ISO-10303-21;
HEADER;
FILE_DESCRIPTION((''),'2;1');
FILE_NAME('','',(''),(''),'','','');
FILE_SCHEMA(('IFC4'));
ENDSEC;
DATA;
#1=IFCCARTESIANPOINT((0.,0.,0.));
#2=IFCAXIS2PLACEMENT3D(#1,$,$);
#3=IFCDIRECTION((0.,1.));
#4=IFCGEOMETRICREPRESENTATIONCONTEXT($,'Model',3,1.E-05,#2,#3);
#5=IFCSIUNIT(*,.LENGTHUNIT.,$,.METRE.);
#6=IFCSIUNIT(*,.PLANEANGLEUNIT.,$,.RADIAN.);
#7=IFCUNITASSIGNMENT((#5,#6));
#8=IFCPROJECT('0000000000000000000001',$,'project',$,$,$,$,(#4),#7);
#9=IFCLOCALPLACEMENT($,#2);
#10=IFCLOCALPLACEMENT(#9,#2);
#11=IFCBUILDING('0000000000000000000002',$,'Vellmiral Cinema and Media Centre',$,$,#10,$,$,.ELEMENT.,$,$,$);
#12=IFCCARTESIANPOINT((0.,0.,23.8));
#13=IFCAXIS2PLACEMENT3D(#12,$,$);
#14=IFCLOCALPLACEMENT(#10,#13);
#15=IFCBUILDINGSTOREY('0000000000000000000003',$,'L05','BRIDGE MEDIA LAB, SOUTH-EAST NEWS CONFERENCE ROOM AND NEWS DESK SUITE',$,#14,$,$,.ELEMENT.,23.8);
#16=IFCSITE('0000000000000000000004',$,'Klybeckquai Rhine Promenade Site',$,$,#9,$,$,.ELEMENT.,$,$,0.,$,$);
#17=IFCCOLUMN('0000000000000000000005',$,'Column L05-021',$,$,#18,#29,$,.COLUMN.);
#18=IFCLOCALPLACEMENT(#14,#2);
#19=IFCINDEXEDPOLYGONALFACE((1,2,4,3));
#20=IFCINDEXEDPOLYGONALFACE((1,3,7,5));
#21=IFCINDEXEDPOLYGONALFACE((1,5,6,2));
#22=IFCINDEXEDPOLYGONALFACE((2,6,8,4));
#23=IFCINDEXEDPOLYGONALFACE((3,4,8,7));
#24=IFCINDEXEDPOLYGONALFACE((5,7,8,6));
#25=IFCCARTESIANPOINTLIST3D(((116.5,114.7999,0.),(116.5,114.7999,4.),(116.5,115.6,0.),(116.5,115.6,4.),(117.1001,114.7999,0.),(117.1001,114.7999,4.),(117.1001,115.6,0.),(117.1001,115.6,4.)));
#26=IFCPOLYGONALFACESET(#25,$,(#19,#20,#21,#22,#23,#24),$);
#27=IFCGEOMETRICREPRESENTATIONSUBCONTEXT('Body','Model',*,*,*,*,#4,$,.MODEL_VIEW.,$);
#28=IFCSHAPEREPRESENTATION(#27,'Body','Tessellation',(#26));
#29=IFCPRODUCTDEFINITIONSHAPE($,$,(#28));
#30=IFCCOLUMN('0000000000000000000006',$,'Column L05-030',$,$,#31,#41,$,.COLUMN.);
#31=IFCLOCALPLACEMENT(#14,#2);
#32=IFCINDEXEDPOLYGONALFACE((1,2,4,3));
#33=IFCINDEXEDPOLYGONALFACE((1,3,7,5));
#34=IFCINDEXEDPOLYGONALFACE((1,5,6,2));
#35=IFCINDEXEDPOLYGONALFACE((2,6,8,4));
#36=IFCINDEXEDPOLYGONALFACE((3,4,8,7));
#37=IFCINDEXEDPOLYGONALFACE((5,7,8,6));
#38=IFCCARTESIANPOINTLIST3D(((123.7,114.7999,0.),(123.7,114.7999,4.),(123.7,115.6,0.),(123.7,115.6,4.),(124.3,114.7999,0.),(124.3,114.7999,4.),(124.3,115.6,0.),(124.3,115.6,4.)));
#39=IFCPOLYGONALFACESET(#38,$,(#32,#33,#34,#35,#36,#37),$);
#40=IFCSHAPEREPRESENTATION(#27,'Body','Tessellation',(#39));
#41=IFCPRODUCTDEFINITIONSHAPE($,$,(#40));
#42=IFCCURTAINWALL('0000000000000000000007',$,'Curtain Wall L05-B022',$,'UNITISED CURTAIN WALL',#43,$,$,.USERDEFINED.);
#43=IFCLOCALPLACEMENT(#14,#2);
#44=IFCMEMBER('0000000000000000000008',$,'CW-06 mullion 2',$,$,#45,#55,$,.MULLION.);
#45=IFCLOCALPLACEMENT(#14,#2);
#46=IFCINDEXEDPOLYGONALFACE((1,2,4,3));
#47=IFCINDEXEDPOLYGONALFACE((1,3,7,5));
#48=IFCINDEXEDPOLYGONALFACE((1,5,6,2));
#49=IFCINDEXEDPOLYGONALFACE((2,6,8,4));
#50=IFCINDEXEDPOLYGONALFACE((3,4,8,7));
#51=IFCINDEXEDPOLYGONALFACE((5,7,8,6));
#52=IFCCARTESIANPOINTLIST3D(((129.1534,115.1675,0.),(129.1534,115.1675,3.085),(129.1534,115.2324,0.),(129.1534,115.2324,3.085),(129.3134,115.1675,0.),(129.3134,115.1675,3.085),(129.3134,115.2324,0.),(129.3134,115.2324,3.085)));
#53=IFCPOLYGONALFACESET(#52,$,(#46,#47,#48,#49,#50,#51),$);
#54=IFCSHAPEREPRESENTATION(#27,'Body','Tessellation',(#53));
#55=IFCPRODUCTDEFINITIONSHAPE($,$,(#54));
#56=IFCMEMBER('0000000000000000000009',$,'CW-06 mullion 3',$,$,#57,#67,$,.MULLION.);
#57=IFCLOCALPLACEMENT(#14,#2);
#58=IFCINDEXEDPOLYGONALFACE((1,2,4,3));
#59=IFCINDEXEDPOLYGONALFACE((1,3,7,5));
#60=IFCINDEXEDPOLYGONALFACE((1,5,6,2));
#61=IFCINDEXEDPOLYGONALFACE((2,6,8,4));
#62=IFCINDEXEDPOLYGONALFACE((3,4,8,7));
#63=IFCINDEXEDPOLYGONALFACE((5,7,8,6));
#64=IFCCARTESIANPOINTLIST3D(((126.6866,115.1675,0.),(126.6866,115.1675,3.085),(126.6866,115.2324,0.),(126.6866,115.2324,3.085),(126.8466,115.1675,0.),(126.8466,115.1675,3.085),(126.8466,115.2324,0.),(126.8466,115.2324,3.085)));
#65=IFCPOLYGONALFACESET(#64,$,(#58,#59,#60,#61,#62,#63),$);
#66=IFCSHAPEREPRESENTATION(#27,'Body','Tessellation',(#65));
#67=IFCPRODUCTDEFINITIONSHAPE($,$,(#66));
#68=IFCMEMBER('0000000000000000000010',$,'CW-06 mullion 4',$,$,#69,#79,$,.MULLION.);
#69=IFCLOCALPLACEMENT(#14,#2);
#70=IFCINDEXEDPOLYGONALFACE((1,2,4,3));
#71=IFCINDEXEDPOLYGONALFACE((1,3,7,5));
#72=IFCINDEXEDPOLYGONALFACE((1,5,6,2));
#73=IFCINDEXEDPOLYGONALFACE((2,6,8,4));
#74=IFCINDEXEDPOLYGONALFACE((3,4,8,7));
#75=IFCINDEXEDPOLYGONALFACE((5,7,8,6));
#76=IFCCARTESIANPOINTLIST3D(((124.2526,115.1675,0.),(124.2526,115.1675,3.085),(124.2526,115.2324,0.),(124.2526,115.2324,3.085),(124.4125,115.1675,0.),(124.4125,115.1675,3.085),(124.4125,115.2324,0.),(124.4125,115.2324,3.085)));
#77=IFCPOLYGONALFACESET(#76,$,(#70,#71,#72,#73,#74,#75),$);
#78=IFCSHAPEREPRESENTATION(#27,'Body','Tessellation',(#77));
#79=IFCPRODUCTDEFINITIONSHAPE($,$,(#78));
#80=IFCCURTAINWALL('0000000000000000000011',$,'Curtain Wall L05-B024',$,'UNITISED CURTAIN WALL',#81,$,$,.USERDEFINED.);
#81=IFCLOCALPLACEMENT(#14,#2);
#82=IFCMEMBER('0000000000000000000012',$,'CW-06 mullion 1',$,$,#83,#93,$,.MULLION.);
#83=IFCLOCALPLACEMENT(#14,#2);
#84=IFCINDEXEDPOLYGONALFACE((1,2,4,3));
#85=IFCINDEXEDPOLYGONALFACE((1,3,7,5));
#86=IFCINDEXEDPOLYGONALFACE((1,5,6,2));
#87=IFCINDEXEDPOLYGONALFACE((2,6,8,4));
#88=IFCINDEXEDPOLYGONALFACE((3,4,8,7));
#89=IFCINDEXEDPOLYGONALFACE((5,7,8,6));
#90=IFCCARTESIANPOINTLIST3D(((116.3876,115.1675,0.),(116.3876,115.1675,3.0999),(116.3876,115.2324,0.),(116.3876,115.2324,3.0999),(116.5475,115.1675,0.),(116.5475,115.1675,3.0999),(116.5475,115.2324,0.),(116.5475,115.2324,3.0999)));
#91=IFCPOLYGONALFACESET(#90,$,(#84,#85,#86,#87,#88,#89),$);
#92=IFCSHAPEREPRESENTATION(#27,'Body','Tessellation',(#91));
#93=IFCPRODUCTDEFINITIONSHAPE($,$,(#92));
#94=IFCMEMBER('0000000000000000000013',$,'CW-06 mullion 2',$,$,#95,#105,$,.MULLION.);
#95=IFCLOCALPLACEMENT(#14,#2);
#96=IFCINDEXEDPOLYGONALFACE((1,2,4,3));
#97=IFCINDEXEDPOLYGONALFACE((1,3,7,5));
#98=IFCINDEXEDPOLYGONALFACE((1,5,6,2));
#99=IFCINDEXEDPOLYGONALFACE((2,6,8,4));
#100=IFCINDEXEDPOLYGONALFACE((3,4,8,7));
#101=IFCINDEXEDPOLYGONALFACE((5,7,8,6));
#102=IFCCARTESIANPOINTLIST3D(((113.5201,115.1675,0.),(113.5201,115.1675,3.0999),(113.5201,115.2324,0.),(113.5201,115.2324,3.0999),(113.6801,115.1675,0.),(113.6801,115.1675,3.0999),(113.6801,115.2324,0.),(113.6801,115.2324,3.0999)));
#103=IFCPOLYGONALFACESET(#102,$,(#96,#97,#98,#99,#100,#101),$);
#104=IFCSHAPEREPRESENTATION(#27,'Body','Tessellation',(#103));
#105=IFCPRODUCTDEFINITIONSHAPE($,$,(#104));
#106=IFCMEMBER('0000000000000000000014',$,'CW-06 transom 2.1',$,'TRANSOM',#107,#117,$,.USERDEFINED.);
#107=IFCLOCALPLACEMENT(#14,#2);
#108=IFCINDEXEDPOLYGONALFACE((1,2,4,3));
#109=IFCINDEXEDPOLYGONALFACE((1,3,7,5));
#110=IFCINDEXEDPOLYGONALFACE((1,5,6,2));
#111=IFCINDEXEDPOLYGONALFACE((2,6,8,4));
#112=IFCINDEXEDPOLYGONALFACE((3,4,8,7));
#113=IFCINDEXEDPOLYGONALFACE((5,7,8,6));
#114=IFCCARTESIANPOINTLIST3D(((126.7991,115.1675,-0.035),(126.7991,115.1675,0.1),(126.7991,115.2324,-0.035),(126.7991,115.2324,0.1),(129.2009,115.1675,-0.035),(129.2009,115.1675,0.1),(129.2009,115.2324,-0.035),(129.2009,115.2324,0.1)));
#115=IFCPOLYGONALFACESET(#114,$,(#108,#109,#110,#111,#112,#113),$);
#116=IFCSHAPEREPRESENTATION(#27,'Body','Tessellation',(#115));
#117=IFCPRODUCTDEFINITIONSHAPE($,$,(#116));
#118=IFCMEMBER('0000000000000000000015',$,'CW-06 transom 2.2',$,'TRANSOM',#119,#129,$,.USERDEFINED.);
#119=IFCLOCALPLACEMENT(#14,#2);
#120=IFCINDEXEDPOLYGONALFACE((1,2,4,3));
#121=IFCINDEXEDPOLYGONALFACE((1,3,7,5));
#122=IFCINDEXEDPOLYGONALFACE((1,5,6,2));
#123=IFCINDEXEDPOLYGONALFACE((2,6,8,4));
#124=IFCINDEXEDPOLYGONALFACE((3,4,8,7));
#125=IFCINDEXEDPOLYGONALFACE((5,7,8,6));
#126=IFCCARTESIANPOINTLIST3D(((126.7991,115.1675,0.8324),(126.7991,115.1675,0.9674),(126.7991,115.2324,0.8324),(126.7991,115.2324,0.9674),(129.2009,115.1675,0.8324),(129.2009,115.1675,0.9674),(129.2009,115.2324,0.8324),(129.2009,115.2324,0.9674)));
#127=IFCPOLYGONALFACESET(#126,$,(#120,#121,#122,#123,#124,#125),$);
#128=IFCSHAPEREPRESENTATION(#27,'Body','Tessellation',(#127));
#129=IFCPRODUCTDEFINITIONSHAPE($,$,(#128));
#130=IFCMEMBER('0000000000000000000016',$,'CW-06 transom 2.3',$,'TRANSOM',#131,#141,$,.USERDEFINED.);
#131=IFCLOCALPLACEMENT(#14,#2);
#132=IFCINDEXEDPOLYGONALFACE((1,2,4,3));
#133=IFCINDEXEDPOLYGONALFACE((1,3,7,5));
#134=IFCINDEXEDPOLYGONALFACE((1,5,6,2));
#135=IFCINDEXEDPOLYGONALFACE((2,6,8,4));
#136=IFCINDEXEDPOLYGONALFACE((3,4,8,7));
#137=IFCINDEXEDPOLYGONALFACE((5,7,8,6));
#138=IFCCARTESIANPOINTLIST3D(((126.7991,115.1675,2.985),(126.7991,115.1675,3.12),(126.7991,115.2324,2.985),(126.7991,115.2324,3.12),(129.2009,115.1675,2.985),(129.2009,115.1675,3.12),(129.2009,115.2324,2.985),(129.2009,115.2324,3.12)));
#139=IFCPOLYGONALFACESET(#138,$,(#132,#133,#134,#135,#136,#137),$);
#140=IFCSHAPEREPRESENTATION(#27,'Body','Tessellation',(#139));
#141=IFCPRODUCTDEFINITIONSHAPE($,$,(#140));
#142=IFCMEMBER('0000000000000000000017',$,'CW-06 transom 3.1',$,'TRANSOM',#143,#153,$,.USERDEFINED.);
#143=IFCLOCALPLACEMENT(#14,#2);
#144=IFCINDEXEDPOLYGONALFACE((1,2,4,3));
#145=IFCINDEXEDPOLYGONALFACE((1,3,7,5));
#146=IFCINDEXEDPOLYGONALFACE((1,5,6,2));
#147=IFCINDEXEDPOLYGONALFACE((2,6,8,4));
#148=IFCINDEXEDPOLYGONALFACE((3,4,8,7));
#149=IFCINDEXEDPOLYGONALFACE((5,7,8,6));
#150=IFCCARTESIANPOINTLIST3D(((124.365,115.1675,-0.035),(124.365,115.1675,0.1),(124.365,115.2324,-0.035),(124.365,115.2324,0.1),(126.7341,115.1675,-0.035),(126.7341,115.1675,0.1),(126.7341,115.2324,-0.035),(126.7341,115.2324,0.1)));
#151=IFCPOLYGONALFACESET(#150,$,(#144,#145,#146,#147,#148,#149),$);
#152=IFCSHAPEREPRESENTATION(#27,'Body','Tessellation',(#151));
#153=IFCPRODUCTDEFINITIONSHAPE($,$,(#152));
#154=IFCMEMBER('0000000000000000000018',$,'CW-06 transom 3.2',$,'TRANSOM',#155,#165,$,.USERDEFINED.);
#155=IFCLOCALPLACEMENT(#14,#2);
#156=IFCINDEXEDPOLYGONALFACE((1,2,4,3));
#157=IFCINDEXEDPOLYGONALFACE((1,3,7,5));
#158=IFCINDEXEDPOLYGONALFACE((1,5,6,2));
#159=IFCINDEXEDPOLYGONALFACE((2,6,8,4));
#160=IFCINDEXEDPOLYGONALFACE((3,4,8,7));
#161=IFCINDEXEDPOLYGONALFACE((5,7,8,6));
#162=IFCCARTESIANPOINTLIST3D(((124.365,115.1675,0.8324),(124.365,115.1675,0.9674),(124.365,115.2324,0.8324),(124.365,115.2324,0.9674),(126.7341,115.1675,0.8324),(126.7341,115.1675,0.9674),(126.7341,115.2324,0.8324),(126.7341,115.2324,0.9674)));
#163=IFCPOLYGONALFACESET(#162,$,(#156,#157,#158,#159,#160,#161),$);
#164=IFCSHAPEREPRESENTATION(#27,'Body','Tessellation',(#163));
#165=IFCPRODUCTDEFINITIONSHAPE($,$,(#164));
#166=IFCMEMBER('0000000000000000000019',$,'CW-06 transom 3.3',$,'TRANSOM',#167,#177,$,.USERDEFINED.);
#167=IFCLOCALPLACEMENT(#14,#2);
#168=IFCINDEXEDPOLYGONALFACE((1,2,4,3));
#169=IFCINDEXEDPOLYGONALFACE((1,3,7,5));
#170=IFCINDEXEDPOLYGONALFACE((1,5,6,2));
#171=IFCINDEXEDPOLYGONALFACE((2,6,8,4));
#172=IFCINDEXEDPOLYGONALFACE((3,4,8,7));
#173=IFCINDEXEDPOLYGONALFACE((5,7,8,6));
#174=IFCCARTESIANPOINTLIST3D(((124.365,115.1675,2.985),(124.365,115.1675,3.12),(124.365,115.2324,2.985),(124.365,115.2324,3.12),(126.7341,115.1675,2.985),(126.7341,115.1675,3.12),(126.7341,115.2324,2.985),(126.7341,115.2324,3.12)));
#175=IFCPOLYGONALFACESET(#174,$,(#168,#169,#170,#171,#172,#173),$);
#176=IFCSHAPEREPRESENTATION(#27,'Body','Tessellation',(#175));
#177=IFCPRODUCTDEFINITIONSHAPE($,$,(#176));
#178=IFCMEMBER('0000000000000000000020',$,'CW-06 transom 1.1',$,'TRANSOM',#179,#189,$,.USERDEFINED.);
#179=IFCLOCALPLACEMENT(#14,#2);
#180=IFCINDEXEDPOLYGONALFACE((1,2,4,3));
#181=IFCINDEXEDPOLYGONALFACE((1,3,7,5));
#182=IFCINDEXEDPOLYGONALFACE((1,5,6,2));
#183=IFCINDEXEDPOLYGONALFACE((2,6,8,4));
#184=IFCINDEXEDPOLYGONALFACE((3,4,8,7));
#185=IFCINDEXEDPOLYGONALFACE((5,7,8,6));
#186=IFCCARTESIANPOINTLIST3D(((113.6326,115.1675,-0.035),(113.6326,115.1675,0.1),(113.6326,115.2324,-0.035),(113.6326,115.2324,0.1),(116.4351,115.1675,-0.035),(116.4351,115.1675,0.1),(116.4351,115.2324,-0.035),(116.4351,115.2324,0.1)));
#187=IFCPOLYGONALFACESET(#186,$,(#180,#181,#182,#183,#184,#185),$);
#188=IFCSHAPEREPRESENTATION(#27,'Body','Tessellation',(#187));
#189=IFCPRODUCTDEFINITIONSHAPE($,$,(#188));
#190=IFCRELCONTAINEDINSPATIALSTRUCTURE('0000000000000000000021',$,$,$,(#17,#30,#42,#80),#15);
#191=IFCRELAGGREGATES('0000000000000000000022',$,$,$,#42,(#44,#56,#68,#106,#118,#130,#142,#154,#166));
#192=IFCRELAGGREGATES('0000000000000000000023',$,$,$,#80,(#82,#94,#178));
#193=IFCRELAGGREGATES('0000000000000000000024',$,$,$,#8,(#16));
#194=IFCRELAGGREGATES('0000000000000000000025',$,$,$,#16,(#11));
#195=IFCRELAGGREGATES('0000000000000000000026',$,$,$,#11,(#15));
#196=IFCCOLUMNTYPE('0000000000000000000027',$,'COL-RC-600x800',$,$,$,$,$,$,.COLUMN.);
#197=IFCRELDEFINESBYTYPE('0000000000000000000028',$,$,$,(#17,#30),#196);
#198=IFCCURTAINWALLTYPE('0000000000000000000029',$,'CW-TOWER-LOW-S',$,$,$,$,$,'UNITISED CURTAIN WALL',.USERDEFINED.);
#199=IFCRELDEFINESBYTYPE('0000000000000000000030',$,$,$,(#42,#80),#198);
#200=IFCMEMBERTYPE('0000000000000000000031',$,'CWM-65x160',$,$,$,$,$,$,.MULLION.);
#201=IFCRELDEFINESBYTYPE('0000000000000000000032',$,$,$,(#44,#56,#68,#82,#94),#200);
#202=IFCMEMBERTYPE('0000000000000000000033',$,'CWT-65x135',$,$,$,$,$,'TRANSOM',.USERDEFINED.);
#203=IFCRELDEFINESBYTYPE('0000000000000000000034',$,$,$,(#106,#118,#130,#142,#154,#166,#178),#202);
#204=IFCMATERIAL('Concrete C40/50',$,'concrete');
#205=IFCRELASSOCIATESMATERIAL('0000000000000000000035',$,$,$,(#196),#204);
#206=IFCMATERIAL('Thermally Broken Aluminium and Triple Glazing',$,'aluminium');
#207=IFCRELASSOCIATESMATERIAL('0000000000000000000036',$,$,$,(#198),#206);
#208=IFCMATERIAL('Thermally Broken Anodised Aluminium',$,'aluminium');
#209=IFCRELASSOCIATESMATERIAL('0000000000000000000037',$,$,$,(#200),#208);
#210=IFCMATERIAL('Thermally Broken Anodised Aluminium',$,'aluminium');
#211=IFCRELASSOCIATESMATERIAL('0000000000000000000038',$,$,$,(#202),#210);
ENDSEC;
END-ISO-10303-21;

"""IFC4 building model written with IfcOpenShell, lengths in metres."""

from ifc_helpers import new_model, si_unit, direction, frame, origin, origin_2d, place, context, subcontext, project, spatial, rectangle, extrude, material, material_profile, profile_set, type_object, element, aggregate, save


model = new_model("IFC4")

# Units and contexts
model_context = context("Model", 3, precision=1e-05, world=origin(), true_north=direction((0.0, 1.0)))
body_context = subcontext(model_context, "Body", "Model", "MODEL_VIEW")
ifc_project = project(units=[si_unit("LENGTHUNIT", "METRE"), si_unit("PLANEANGLEUNIT", "RADIAN")], contexts=[model_context])

# Site, building, storey
site_placement = place(None, origin())
site = spatial("IfcSite", under=ifc_project, at=site_placement, Name="Klybeckquai Rhine Promenade Site", CompositionType="ELEMENT", RefElevation=0.0)
building_placement = place(site_placement, origin())
building = spatial("IfcBuilding", under=site, at=building_placement, Name="Vellmiral Cinema and Media Centre", CompositionType="ELEMENT")
storey_placement = place(building_placement, frame((0.0, 0.0, 23.8)))
storey = spatial("IfcBuildingStorey", under=building, at=storey_placement, Name="L05", Description="BRIDGE MEDIA LAB, SOUTH-EAST NEWS CONFERENCE ROOM AND NEWS DESK SUITE", CompositionType="ELEMENT", Elevation=23.8)

# Columns
ifc_material_1 = material(Name="Concrete C40/50", Category="concrete")
ifc_material_profile_1 = material_profile(ifc_material_1, rectangle(XDim=0.6001, YDim=0.8, at=origin_2d()), Name="RC 600x800")
ifc_profile_set_1 = profile_set([ifc_material_profile_1], Name="Concrete C40/50")
column_type = type_object("IfcColumnType", Name="COL-RC-600x800", PredefinedType="COLUMN", material=ifc_profile_set_1)
for number, where, z_axis, x_axis, name in (
    (1, (116.8, 115.2, 0.0), (0.0, 0.0, 1.0), (1.0, 0.0, 0.0), "Column L05-021"),
    (2, (124.0, 115.2, 0.0), (0.0, 0.0, 1.0), (1.0, 0.0, 0.0), "Column L05-030"),
):
    element("IfcColumn", number, at=place(storey_placement, frame(where, z_axis=z_axis, x_axis=x_axis)), inside=storey, type_object=column_type, Name=name, PredefinedType="COLUMN", context=body_context, shape_type="SweptSolid", body=[
        extrude(rectangle(XDim=0.6001, YDim=0.8, at=origin_2d()), origin(), (0.0, 0.0, 1.0), 4.0),
    ])

# Curtain walls, members
ifc_material_2 = material(Name="Thermally Broken Aluminium and Triple Glazing", Category="aluminium")
curtain_wall_type = type_object("IfcCurtainWallType", Name="CW-TOWER-LOW-S", ElementType="UNITISED CURTAIN WALL", PredefinedType="USERDEFINED", material=ifc_material_2)
curtain_wall_1_placement = place(storey_placement, origin())
curtain_wall_1 = element("IfcCurtainWall", 3, at=curtain_wall_1_placement, inside=storey, type_object=curtain_wall_type, Name="Curtain Wall L05-B022", ObjectType="UNITISED CURTAIN WALL", PredefinedType="USERDEFINED")
ifc_material_3 = material(Name="Thermally Broken Anodised Aluminium", Category="aluminium")
ifc_material_profile_2 = material_profile(ifc_material_3, rectangle(XDim=0.0649, YDim=0.1599, at=origin_2d()), Name="MULL 65x160")
ifc_profile_set_2 = profile_set([ifc_material_profile_2], Name="Thermally Broken Anodised Aluminium")
member_type_1 = type_object("IfcMemberType", Name="CWM-65x160", PredefinedType="MULLION", material=ifc_profile_set_2)
member_1_placement = place(storey_placement, frame((129.2334, 115.2, 0.0), z_axis=(0.0, 0.0, 1.0), x_axis=(0.0, -1.0, 0.0)))
member_1 = element("IfcMember", 4, at=member_1_placement, type_object=member_type_1, Name="CW-06 mullion 2", PredefinedType="MULLION", context=body_context, shape_type="SweptSolid", body=[
    extrude(rectangle(XDim=0.0649, YDim=0.1599, at=origin_2d()), origin(), (0.0, 0.0, 1.0), 3.085),
])
member_2_placement = place(storey_placement, frame((126.7666, 115.2, 0.0), z_axis=(0.0, 0.0, 1.0), x_axis=(0.0, -1.0, 0.0)))
member_2 = element("IfcMember", 5, at=member_2_placement, type_object=member_type_1, Name="CW-06 mullion 3", PredefinedType="MULLION", context=body_context, shape_type="SweptSolid", body=[
    extrude(rectangle(XDim=0.0649, YDim=0.1599, at=origin_2d()), origin(), (0.0, 0.0, 1.0), 3.085),
])
member_3_placement = place(storey_placement, frame((124.3325, 115.2, 0.0), z_axis=(0.0, 0.0, 1.0), x_axis=(0.0, -1.0, 0.0)))
member_3 = element("IfcMember", 6, at=member_3_placement, type_object=member_type_1, Name="CW-06 mullion 4", PredefinedType="MULLION", context=body_context, shape_type="SweptSolid", body=[
    extrude(rectangle(XDim=0.0649, YDim=0.1599, at=origin_2d()), origin(), (0.0, 0.0, 1.0), 3.085),
])
curtain_wall_2_placement = place(storey_placement, origin())
curtain_wall_2 = element("IfcCurtainWall", 7, at=curtain_wall_2_placement, inside=storey, type_object=curtain_wall_type, Name="Curtain Wall L05-B024", ObjectType="UNITISED CURTAIN WALL", PredefinedType="USERDEFINED")
member_4_placement = place(storey_placement, frame((116.4675, 115.2, 0.0), z_axis=(0.0, 0.0, 1.0), x_axis=(0.0, -1.0, 0.0)))
member_4 = element("IfcMember", 8, at=member_4_placement, type_object=member_type_1, Name="CW-06 mullion 1", PredefinedType="MULLION", context=body_context, shape_type="SweptSolid", body=[
    extrude(rectangle(XDim=0.0649, YDim=0.1599, at=origin_2d()), origin(), (0.0, 0.0, 1.0), 3.0999),
])
member_5_placement = place(storey_placement, frame((113.6001, 115.2, 0.0), z_axis=(0.0, 0.0, 1.0), x_axis=(0.0, -1.0, 0.0)))
member_5 = element("IfcMember", 9, at=member_5_placement, type_object=member_type_1, Name="CW-06 mullion 2", PredefinedType="MULLION", context=body_context, shape_type="SweptSolid", body=[
    extrude(rectangle(XDim=0.0649, YDim=0.1599, at=origin_2d()), origin(), (0.0, 0.0, 1.0), 3.0999),
])

# Members
ifc_material_4 = material(Name="Thermally Broken Anodised Aluminium", Category="aluminium")
ifc_material_profile_3 = material_profile(ifc_material_4, rectangle(XDim=0.0649, YDim=0.135, at=origin_2d()), Name="MULL 65x135")
ifc_profile_set_3 = profile_set([ifc_material_profile_3], Name="Thermally Broken Anodised Aluminium")
member_type_2 = type_object("IfcMemberType", Name="CWT-65x135", ElementType="TRANSOM", PredefinedType="USERDEFINED", material=ifc_profile_set_3)
member_6_placement = place(storey_placement, frame((129.2009, 115.2, 0.0325), z_axis=(-1.0, 0.0, 0.0), x_axis=(0.0, -1.0, 0.0)))
member_6 = element("IfcMember", 10, at=member_6_placement, type_object=member_type_2, Name="CW-06 transom 2.1", ObjectType="TRANSOM", PredefinedType="USERDEFINED", context=body_context, shape_type="SweptSolid", body=[
    extrude(rectangle(XDim=0.0649, YDim=0.135, at=origin_2d()), origin(), (0.0, 0.0, 1.0), 2.4019),
])
member_7_placement = place(storey_placement, frame((129.2009, 115.2, 0.8999), z_axis=(-1.0, 0.0, 0.0), x_axis=(0.0, -1.0, 0.0)))
member_7 = element("IfcMember", 11, at=member_7_placement, type_object=member_type_2, Name="CW-06 transom 2.2", ObjectType="TRANSOM", PredefinedType="USERDEFINED", context=body_context, shape_type="SweptSolid", body=[
    extrude(rectangle(XDim=0.0649, YDim=0.135, at=origin_2d()), origin(), (0.0, 0.0, 1.0), 2.4019),
])
member_8_placement = place(storey_placement, frame((129.2009, 115.2, 3.0525), z_axis=(-1.0, 0.0, 0.0), x_axis=(0.0, -1.0, 0.0)))
member_8 = element("IfcMember", 12, at=member_8_placement, type_object=member_type_2, Name="CW-06 transom 2.3", ObjectType="TRANSOM", PredefinedType="USERDEFINED", context=body_context, shape_type="SweptSolid", body=[
    extrude(rectangle(XDim=0.0649, YDim=0.135, at=origin_2d()), origin(), (0.0, 0.0, 1.0), 2.4019),
])
member_9_placement = place(storey_placement, frame((126.7341, 115.2, 0.0325), z_axis=(-1.0, 0.0, 0.0), x_axis=(0.0, -1.0, 0.0)))
member_9 = element("IfcMember", 13, at=member_9_placement, type_object=member_type_2, Name="CW-06 transom 3.1", ObjectType="TRANSOM", PredefinedType="USERDEFINED", context=body_context, shape_type="SweptSolid", body=[
    extrude(rectangle(XDim=0.0649, YDim=0.135, at=origin_2d()), origin(), (0.0, 0.0, 1.0), 2.3691),
])
member_10_placement = place(storey_placement, frame((126.7341, 115.2, 0.8999), z_axis=(-1.0, 0.0, 0.0), x_axis=(0.0, -1.0, 0.0)))
member_10 = element("IfcMember", 14, at=member_10_placement, type_object=member_type_2, Name="CW-06 transom 3.2", ObjectType="TRANSOM", PredefinedType="USERDEFINED", context=body_context, shape_type="SweptSolid", body=[
    extrude(rectangle(XDim=0.0649, YDim=0.135, at=origin_2d()), origin(), (0.0, 0.0, 1.0), 2.3691),
])
member_11_placement = place(storey_placement, frame((126.7341, 115.2, 3.0525), z_axis=(-1.0, 0.0, 0.0), x_axis=(0.0, -1.0, 0.0)))
member_11 = element("IfcMember", 15, at=member_11_placement, type_object=member_type_2, Name="CW-06 transom 3.3", ObjectType="TRANSOM", PredefinedType="USERDEFINED", context=body_context, shape_type="SweptSolid", body=[
    extrude(rectangle(XDim=0.0649, YDim=0.135, at=origin_2d()), origin(), (0.0, 0.0, 1.0), 2.3691),
])
member_12_placement = place(storey_placement, frame((116.4351, 115.2, 0.0325), z_axis=(-1.0, 0.0, 0.0), x_axis=(0.0, -1.0, 0.0)))
member_12 = element("IfcMember", 16, at=member_12_placement, type_object=member_type_2, Name="CW-06 transom 1.1", ObjectType="TRANSOM", PredefinedType="USERDEFINED", context=body_context, shape_type="SweptSolid", body=[
    extrude(rectangle(XDim=0.0649, YDim=0.135, at=origin_2d()), origin(), (0.0, 0.0, 1.0), 2.8025),
])

aggregate(curtain_wall_1, [member_1, member_2, member_3, member_6, member_7, member_8, member_9, member_10, member_11])
aggregate(curtain_wall_2, [member_4, member_5, member_12])

save(model, "model.ifc")
